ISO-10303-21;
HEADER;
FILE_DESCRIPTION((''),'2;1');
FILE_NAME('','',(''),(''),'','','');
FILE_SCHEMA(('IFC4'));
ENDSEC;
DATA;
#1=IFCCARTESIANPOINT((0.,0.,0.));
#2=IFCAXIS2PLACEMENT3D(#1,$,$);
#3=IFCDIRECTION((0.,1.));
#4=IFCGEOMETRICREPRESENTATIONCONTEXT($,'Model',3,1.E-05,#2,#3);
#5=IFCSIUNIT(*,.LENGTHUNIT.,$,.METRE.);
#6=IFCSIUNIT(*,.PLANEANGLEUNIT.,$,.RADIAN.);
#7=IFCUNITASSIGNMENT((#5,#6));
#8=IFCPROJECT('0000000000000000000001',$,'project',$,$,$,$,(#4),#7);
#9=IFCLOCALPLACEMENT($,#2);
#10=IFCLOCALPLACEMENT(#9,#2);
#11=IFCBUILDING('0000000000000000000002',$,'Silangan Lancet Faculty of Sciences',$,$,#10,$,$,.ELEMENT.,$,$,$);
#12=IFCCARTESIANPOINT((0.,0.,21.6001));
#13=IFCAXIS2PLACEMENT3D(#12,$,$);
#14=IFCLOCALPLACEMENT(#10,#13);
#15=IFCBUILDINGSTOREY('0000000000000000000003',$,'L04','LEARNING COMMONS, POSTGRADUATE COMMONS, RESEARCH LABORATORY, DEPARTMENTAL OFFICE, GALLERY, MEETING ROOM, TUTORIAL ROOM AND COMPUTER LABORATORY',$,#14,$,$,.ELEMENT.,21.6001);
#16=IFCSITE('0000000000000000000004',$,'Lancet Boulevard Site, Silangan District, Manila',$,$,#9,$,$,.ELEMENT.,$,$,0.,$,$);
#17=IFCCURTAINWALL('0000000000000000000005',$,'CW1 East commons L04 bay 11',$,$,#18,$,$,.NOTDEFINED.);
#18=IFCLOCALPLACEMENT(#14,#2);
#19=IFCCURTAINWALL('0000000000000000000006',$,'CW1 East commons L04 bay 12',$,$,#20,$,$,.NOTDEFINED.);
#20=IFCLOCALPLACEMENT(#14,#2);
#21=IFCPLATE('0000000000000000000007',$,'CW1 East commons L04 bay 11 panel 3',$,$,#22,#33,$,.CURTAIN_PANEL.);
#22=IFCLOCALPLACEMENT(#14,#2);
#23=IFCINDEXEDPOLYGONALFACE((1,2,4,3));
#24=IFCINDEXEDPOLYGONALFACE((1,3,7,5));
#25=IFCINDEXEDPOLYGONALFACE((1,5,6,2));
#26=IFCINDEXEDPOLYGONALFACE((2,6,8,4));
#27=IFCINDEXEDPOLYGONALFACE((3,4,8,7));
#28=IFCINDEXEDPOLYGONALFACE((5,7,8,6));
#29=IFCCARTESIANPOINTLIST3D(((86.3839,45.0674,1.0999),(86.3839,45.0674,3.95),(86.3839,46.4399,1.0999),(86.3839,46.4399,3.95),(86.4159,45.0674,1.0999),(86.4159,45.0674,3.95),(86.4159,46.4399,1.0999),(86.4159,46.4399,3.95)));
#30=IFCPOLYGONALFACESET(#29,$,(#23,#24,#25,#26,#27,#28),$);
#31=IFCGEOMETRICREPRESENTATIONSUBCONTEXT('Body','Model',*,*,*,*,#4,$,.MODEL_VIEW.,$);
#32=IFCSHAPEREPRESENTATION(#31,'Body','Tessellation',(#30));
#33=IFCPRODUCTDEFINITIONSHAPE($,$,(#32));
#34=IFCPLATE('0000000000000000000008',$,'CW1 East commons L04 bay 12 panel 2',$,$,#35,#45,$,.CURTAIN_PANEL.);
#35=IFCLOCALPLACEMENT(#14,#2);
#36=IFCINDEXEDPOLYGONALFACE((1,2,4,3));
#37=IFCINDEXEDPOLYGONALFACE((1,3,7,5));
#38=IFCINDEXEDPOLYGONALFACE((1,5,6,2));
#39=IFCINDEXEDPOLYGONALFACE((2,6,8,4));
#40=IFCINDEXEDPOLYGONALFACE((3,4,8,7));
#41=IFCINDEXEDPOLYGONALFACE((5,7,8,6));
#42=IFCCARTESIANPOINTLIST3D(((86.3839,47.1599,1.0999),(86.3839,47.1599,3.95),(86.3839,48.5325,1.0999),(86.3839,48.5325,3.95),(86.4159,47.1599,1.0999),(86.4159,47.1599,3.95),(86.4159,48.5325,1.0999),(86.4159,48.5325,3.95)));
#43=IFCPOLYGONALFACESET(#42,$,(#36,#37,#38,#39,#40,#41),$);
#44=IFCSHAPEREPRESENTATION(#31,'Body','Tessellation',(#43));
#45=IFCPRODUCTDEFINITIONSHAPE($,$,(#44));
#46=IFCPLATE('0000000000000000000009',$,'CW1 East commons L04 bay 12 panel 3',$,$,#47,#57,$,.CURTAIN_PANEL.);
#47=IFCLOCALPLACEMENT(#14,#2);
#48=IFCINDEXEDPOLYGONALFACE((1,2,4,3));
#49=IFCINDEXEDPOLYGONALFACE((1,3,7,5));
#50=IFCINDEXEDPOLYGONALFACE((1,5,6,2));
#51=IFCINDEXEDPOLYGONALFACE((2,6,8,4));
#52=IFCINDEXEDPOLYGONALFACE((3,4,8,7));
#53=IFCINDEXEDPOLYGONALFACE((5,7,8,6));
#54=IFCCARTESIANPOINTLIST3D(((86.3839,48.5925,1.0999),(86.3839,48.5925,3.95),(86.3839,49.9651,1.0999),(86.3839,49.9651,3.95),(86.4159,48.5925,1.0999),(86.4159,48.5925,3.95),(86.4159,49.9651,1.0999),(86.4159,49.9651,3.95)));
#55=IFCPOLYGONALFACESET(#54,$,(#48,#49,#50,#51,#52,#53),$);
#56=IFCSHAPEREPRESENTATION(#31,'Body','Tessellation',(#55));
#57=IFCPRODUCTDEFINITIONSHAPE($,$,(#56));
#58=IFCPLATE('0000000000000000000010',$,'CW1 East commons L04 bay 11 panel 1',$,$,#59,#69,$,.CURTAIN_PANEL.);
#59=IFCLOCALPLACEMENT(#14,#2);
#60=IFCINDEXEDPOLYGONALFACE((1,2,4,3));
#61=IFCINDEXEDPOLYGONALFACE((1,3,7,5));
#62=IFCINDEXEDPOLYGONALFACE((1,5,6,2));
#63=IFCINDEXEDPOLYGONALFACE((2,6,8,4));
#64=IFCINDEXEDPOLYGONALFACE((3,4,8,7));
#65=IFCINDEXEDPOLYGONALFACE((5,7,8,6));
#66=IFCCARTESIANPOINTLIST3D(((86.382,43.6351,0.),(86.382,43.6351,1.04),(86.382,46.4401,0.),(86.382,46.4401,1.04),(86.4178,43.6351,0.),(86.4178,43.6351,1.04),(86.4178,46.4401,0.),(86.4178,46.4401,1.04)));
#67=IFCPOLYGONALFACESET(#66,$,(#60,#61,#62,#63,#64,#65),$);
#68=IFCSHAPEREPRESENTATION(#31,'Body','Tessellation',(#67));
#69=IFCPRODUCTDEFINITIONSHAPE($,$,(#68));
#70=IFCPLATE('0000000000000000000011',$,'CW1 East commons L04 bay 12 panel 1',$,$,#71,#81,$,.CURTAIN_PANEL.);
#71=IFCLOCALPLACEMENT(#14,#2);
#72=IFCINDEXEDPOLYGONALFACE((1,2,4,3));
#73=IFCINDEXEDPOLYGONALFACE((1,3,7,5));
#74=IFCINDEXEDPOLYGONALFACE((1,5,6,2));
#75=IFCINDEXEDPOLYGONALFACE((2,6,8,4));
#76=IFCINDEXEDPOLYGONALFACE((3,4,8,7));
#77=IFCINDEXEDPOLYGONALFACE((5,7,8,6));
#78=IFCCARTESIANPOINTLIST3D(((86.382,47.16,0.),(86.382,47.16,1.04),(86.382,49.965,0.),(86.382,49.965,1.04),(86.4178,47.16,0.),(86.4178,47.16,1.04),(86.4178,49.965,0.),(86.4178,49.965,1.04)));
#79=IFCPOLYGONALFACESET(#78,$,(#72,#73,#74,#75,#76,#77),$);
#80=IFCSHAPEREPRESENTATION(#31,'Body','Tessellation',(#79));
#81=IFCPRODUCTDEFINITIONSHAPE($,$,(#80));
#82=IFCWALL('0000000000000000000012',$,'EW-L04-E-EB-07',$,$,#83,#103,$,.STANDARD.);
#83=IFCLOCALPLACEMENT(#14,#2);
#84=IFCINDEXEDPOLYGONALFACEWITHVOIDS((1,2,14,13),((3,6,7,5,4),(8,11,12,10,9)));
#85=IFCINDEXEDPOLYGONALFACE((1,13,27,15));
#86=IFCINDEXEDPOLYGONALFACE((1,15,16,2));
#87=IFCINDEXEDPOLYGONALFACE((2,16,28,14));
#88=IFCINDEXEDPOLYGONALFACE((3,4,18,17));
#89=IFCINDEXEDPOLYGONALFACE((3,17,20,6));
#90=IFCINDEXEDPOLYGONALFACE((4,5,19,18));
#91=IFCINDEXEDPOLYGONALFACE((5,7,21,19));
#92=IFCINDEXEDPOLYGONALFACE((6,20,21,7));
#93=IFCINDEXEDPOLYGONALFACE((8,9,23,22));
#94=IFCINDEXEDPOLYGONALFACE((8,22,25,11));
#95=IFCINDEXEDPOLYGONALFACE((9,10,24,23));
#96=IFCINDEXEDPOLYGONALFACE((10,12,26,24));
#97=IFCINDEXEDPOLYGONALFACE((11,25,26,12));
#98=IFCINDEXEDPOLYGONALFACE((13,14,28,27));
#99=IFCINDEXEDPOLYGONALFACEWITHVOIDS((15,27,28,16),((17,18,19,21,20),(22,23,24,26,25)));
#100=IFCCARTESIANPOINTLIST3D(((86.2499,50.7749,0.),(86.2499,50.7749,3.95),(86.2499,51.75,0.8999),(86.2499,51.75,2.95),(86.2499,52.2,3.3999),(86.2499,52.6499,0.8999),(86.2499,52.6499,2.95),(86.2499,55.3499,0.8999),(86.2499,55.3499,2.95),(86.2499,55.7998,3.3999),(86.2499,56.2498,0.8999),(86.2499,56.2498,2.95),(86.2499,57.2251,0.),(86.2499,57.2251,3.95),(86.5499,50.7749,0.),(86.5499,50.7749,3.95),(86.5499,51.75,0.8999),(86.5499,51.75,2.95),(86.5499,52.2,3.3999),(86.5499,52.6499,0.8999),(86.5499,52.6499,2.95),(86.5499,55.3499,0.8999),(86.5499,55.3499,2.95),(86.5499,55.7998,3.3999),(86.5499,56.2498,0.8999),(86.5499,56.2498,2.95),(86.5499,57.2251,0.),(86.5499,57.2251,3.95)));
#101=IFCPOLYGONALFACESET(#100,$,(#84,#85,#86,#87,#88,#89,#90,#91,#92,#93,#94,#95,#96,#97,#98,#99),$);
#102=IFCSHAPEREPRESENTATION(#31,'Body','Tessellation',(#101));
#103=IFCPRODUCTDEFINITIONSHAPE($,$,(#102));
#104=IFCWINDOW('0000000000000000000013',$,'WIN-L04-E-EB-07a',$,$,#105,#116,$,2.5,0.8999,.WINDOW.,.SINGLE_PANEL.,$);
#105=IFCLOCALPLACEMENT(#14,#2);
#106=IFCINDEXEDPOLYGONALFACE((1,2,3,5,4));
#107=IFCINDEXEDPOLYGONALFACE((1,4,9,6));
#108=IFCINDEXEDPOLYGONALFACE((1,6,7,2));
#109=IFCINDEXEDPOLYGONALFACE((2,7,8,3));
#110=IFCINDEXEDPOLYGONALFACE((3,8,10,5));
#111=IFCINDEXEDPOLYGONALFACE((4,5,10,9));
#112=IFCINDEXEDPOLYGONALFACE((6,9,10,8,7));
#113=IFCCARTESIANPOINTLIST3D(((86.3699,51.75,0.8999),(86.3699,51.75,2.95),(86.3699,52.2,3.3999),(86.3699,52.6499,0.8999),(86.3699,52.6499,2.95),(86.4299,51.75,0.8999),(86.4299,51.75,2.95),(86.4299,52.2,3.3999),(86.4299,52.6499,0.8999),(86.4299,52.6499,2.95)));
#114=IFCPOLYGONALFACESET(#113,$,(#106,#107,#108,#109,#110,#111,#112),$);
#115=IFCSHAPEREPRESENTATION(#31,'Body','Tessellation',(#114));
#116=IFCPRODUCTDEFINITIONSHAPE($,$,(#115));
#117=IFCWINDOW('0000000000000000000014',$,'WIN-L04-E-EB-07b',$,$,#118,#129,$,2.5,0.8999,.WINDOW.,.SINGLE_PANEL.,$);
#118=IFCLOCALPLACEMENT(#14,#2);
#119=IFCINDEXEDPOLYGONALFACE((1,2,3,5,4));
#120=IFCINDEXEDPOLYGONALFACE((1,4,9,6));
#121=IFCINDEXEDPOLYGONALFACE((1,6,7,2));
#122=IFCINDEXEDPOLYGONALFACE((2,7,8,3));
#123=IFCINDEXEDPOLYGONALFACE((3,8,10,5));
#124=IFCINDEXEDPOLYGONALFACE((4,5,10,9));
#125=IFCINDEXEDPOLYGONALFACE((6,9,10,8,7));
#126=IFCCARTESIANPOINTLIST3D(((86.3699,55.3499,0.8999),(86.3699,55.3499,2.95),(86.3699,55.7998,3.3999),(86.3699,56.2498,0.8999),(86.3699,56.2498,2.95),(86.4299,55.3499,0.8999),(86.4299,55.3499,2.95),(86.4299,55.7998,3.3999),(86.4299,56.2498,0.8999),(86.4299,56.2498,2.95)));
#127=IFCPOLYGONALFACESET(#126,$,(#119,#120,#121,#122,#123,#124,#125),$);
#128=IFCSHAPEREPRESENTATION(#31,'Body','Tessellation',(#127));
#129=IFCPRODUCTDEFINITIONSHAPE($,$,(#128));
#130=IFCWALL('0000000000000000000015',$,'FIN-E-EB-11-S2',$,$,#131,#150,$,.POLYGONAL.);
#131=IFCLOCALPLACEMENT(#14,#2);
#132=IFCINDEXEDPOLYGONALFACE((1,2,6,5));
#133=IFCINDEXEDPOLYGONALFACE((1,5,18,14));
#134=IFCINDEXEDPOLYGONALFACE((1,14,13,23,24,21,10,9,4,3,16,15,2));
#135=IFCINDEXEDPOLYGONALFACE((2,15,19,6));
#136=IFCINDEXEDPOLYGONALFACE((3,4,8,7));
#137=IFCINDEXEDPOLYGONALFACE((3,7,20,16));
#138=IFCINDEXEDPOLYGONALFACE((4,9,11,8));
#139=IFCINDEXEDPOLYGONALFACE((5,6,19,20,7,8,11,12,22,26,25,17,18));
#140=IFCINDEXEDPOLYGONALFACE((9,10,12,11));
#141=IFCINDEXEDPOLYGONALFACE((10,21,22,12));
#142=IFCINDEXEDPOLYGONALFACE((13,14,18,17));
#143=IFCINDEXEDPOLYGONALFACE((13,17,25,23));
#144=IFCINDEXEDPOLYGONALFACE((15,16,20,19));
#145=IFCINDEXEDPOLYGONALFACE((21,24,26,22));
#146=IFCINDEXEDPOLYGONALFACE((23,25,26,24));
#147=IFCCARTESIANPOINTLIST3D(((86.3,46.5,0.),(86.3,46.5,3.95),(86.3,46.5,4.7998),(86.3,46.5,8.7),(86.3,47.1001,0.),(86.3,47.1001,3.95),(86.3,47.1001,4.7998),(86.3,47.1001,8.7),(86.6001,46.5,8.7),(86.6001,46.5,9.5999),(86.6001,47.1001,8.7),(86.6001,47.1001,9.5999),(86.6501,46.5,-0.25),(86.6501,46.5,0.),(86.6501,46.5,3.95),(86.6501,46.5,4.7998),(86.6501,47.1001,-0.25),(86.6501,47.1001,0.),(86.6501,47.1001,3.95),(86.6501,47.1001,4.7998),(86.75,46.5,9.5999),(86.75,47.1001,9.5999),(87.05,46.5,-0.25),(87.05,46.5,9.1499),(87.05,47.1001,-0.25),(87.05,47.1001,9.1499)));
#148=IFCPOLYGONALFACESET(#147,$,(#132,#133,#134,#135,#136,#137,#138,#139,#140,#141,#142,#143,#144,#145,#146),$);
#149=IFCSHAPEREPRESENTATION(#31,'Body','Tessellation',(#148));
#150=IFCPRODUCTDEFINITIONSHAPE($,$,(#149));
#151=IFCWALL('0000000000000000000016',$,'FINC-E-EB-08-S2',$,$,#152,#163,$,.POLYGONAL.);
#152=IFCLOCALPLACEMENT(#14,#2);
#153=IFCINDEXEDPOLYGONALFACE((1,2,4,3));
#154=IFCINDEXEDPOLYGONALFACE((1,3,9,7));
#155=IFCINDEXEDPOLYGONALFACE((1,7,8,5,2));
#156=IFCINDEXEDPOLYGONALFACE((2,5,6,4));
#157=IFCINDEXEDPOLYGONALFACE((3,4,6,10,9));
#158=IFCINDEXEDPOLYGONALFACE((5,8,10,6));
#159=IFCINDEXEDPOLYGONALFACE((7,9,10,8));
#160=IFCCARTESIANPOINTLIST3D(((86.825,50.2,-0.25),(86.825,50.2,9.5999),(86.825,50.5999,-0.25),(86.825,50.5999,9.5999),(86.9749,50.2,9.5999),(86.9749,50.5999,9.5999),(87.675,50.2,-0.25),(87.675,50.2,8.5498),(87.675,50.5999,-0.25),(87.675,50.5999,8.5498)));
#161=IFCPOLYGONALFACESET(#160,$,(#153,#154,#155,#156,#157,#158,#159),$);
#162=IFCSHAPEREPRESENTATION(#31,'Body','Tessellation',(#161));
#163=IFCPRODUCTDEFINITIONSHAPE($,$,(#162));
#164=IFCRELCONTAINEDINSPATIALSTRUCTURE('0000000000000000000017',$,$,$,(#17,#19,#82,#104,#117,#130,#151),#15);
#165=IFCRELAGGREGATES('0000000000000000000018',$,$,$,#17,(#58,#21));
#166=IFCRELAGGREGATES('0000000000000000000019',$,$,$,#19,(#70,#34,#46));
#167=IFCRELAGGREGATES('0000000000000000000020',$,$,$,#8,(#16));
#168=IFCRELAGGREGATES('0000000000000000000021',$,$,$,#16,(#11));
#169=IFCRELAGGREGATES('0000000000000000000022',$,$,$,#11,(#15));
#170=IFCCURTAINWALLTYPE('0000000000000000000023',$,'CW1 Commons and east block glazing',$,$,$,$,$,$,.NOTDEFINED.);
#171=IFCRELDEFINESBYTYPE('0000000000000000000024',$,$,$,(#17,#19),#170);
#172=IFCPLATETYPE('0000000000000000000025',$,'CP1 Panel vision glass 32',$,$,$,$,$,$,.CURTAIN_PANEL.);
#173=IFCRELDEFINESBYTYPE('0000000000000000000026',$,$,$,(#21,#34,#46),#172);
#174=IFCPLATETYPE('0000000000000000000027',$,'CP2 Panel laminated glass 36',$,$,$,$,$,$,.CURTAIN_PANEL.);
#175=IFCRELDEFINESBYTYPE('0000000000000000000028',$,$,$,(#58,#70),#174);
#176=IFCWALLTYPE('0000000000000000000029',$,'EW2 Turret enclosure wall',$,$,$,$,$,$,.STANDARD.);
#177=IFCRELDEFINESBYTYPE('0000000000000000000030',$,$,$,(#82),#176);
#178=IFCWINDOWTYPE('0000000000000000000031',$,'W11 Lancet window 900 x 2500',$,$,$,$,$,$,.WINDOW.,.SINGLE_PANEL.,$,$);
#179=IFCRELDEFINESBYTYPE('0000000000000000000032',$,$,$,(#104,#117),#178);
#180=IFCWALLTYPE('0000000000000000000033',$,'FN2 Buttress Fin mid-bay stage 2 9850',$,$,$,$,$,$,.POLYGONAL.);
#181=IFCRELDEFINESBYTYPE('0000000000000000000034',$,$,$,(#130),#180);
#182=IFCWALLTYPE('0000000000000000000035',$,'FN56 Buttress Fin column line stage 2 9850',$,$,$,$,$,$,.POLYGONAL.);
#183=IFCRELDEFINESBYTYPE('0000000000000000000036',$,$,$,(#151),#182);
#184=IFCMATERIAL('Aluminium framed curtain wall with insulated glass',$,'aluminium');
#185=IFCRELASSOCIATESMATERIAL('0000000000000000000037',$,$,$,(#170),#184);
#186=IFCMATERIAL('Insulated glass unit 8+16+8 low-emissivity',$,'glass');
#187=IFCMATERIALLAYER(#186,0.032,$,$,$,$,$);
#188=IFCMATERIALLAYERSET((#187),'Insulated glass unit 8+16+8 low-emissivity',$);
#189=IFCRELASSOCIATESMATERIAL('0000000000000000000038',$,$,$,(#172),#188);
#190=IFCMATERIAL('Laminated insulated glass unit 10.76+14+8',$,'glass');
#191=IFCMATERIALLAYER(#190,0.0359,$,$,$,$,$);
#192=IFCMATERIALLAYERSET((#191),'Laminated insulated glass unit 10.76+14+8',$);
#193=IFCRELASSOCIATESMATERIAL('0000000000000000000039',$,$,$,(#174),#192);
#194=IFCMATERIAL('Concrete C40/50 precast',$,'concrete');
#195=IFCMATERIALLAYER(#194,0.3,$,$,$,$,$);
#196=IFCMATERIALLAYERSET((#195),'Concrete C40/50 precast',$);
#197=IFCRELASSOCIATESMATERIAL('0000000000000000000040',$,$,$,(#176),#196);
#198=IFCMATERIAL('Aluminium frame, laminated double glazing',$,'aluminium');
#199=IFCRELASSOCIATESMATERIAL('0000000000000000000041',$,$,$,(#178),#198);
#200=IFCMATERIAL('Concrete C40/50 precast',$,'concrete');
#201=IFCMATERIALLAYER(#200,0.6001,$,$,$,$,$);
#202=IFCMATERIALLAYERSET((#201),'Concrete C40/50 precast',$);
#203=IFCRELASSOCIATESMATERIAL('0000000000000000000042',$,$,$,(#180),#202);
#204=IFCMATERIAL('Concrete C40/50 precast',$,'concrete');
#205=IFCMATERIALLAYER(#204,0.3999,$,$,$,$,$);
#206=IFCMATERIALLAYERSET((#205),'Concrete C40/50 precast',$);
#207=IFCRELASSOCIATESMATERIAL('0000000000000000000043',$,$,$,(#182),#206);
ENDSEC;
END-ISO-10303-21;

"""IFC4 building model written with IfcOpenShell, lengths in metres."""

from ifc_helpers import new_model, si_unit, direction, frame, frame_2d, origin, origin_2d, place, context, subcontext, project, spatial, polyline, rectangle, outline, extrude, material, layer, layer_set, type_object, element, fill, aggregate, save


model = new_model("IFC4")

# Units and contexts
model_context = context("Model", 3, precision=1e-05, world=origin(), true_north=direction((0.0, 1.0)))
body_context = subcontext(model_context, "Body", "Model", "MODEL_VIEW")
ifc_project = project(units=[si_unit("LENGTHUNIT", "METRE"), si_unit("PLANEANGLEUNIT", "RADIAN")], contexts=[model_context])

# Site, building, storey
site_placement = place(None, origin())
site = spatial("IfcSite", under=ifc_project, at=site_placement, Name="Lancet Boulevard Site, Silangan District, Manila", CompositionType="ELEMENT", RefElevation=0.0)
building_placement = place(site_placement, origin())
building = spatial("IfcBuilding", under=site, at=building_placement, Name="Silangan Lancet Faculty of Sciences", CompositionType="ELEMENT")
storey_placement = place(building_placement, frame((0.0, 0.0, 21.6001)))
storey = spatial("IfcBuildingStorey", under=building, at=storey_placement, Name="L04", Description="LEARNING COMMONS, POSTGRADUATE COMMONS, RESEARCH LABORATORY, DEPARTMENTAL OFFICE, GALLERY, MEETING ROOM, TUTORIAL ROOM AND COMPUTER LABORATORY", CompositionType="ELEMENT", Elevation=21.6001)

# Curtain walls
ifc_material_1 = material(Name="Aluminium framed curtain wall with insulated glass", Category="aluminium")
curtain_wall_type = type_object("IfcCurtainWallType", Name="CW1 Commons and east block glazing", PredefinedType="NOTDEFINED", material=ifc_material_1)
curtain_wall_1_placement = place(storey_placement, origin())
curtain_wall_1 = element("IfcCurtainWall", 1, at=curtain_wall_1_placement, inside=storey, type_object=curtain_wall_type, Name="CW1 East commons L04 bay 11", PredefinedType="NOTDEFINED")
curtain_wall_2_placement = place(storey_placement, origin())
curtain_wall_2 = element("IfcCurtainWall", 2, at=curtain_wall_2_placement, inside=storey, type_object=curtain_wall_type, Name="CW1 East commons L04 bay 12", PredefinedType="NOTDEFINED")

# Plates
ifc_material_2 = material(Name="Insulated glass unit 8+16+8 low-emissivity", Category="glass")
ifc_layer_1 = layer(ifc_material_2, 0.032)
ifc_layer_set_1 = layer_set([ifc_layer_1], Name="Insulated glass unit 8+16+8 low-emissivity")
plate_type_1 = type_object("IfcPlateType", Name="CP1 Panel vision glass 32", PredefinedType="CURTAIN_PANEL", material=ifc_layer_set_1)
plate_1_placement = place(storey_placement, frame((86.3999, 45.7537, 1.0999), z_axis=(0.0, 0.0, 1.0), x_axis=(0.0, 1.0, 0.0)))
plate_1 = element("IfcPlate", 3, at=plate_1_placement, type_object=plate_type_1, Name="CW1 East commons L04 bay 11 panel 3", PredefinedType="CURTAIN_PANEL", context=body_context, shape_type="SweptSolid", body=[
    extrude(rectangle(XDim=1.3726, YDim=0.032, at=origin_2d()), origin(), (0.0, 0.0, 1.0), 2.8501),
])
plate_2_placement = place(storey_placement, frame((86.3999, 47.8462, 1.0999), z_axis=(0.0, 0.0, 1.0), x_axis=(0.0, 1.0, 0.0)))
plate_2 = element("IfcPlate", 4, at=plate_2_placement, type_object=plate_type_1, Name="CW1 East commons L04 bay 12 panel 2", PredefinedType="CURTAIN_PANEL", context=body_context, shape_type="SweptSolid", body=[
    extrude(rectangle(XDim=1.3726, YDim=0.032, at=origin_2d()), origin(), (0.0, 0.0, 1.0), 2.8501),
])
plate_3_placement = place(storey_placement, frame((86.3999, 49.2788, 1.0999), z_axis=(0.0, 0.0, 1.0), x_axis=(0.0, 1.0, 0.0)))
plate_3 = element("IfcPlate", 5, at=plate_3_placement, type_object=plate_type_1, Name="CW1 East commons L04 bay 12 panel 3", PredefinedType="CURTAIN_PANEL", context=body_context, shape_type="SweptSolid", body=[
    extrude(rectangle(XDim=1.3726, YDim=0.032, at=origin_2d()), origin(), (0.0, 0.0, 1.0), 2.8501),
])
ifc_material_3 = material(Name="Laminated insulated glass unit 10.76+14+8", Category="glass")
ifc_layer_2 = layer(ifc_material_3, 0.0359)
ifc_layer_set_2 = layer_set([ifc_layer_2], Name="Laminated insulated glass unit 10.76+14+8")
plate_type_2 = type_object("IfcPlateType", Name="CP2 Panel laminated glass 36", PredefinedType="CURTAIN_PANEL", material=ifc_layer_set_2)
plate_4_placement = place(storey_placement, frame((86.3999, 45.0376, 0.0), z_axis=(0.0, 0.0, 1.0), x_axis=(0.0, 1.0, 0.0)))
plate_4 = element("IfcPlate", 6, at=plate_4_placement, type_object=plate_type_2, Name="CW1 East commons L04 bay 11 panel 1", PredefinedType="CURTAIN_PANEL", context=body_context, shape_type="SweptSolid", body=[
    extrude(rectangle(XDim=2.8049, YDim=0.0359, at=origin_2d()), origin(), (0.0, 0.0, 1.0), 1.04),
])
aggregate(curtain_wall_1, [plate_4, plate_1])
plate_5_placement = place(storey_placement, frame((86.3999, 48.5625, 0.0), z_axis=(0.0, 0.0, 1.0), x_axis=(0.0, 1.0, 0.0)))
plate_5 = element("IfcPlate", 7, at=plate_5_placement, type_object=plate_type_2, Name="CW1 East commons L04 bay 12 panel 1", PredefinedType="CURTAIN_PANEL", context=body_context, shape_type="SweptSolid", body=[
    extrude(rectangle(XDim=2.8049, YDim=0.0359, at=origin_2d()), origin(), (0.0, 0.0, 1.0), 1.04),
])
aggregate(curtain_wall_2, [plate_5, plate_2, plate_3])

# Wall, openings, windows
ifc_material_4 = material(Name="Concrete C40/50 precast", Category="concrete")
ifc_layer_3 = layer(ifc_material_4, 0.3)
ifc_layer_set_3 = layer_set([ifc_layer_3], Name="Concrete C40/50 precast")
wall_type_1 = type_object("IfcWallType", Name="EW2 Turret enclosure wall", PredefinedType="STANDARD", material=ifc_layer_set_3)
wall_1_placement = place(storey_placement, frame((86.3999, 50.7749, 0.0), z_axis=(0.0, 0.0, 1.0), x_axis=(0.0, 1.0, 0.0)))
wall_1 = element("IfcWall", 8, at=wall_1_placement, inside=storey, type_object=wall_type_1, Name="EW-L04-E-EB-07", PredefinedType="STANDARD", context=body_context, shape_type="SweptSolid", body=[
    extrude(rectangle(XDim=6.4502, YDim=0.3, at=frame_2d((3.2251, 0.0))), origin(), (0.0, 0.0, 1.0), 3.95),
])
opening_1_placement = place(wall_1_placement, frame((0.9751, 0.0, 0.8999)))
opening_1 = element("IfcOpeningElement", 9, at=opening_1_placement, cuts=wall_1, PredefinedType="OPENING", context=body_context, shape_type="SweptSolid", body=[
    extrude(outline(polyline([(0.0, 0.0), (0.8999, 0.0), (0.8999, 2.05), (0.45, 2.5), (0.0, 2.05), (0.0, 0.0)])), frame((0.0, 0.1599, 0.0), z_axis=(0.0, -1.0, 0.0), x_axis=(1.0, 0.0, 0.0)), (0.0, 0.0, 1.0), 0.3201),
])
opening_2_placement = place(wall_1_placement, frame((4.575, 0.0, 0.8999)))
opening_2 = element("IfcOpeningElement", 10, at=opening_2_placement, cuts=wall_1, PredefinedType="OPENING", context=body_context, shape_type="SweptSolid", body=[
    extrude(outline(polyline([(0.0, 0.0), (0.8999, 0.0), (0.8999, 2.05), (0.45, 2.5), (0.0, 2.05), (0.0, 0.0)])), frame((0.0, 0.1599, 0.0), z_axis=(0.0, -1.0, 0.0), x_axis=(1.0, 0.0, 0.0)), (0.0, 0.0, 1.0), 0.3201),
])
ifc_material_5 = material(Name="Aluminium frame, laminated double glazing", Category="aluminium")
window_type = type_object("IfcWindowType", Name="W11 Lancet window 900 x 2500", PartitioningType="SINGLE_PANEL", PredefinedType="WINDOW", material=ifc_material_5)
window_1_placement = place(opening_1_placement, origin())
window_1 = element("IfcWindow", 11, at=window_1_placement, inside=storey, type_object=window_type, Name="WIN-L04-E-EB-07a", OverallHeight=2.5, OverallWidth=0.8999, PartitioningType="SINGLE_PANEL", PredefinedType="WINDOW", context=body_context, shape_type="SweptSolid", body=[
    extrude(outline(polyline([(0.0, 0.0), (0.8999, 0.0), (0.8999, 2.05), (0.45, 2.5), (0.0, 2.05), (0.0, 0.0)])), frame((0.0, 0.03, 0.0), z_axis=(0.0, -1.0, 0.0), x_axis=(1.0, 0.0, 0.0)), (0.0, 0.0, 1.0), 0.0601),
])
fill(opening_1, window_1)
window_2_placement = place(opening_2_placement, origin())
window_2 = element("IfcWindow", 12, at=window_2_placement, inside=storey, type_object=window_type, Name="WIN-L04-E-EB-07b", OverallHeight=2.5, OverallWidth=0.8999, PartitioningType="SINGLE_PANEL", PredefinedType="WINDOW", context=body_context, shape_type="SweptSolid", body=[
    extrude(outline(polyline([(0.0, 0.0), (0.8999, 0.0), (0.8999, 2.05), (0.45, 2.5), (0.0, 2.05), (0.0, 0.0)])), frame((0.0, 0.03, 0.0), z_axis=(0.0, -1.0, 0.0), x_axis=(1.0, 0.0, 0.0)), (0.0, 0.0, 1.0), 0.0601),
])
fill(opening_2, window_2)

# Walls
ifc_material_6 = material(Name="Concrete C40/50 precast", Category="concrete")
ifc_layer_4 = layer(ifc_material_6, 0.6001)
ifc_layer_set_4 = layer_set([ifc_layer_4], Name="Concrete C40/50 precast")
wall_type_2 = type_object("IfcWallType", Name="FN2 Buttress Fin mid-bay stage 2 9850", PredefinedType="POLYGONAL", material=ifc_layer_set_4)
wall_2_placement = place(storey_placement, frame((86.3, 46.8, -0.25), z_axis=(0.0, 0.0, 1.0), x_axis=(1.0, 0.0, 0.0)))
element("IfcWall", 13, at=wall_2_placement, inside=storey, type_object=wall_type_2, Name="FIN-E-EB-11-S2", PredefinedType="POLYGONAL", context=body_context, shape_type="SweptSolid", body=[
    extrude(outline(polyline([(0.75, 0.0), (0.75, 9.3999), (0.45, 9.8499), (0.3, 9.8499), (0.3, 8.95), (0.0, 8.95), (0.0, 5.0498), (0.3501, 5.0498), (0.3501, 4.2), (0.0, 4.2), (0.0, 0.25), (0.3501, 0.25), (0.3501, 0.0), (0.75, 0.0)])), frame((0.0, 0.3, 0.0), z_axis=(0.0, -1.0, 0.0), x_axis=(1.0, 0.0, 0.0)), (0.0, 0.0, 1.0), 0.6001),
])
ifc_material_7 = material(Name="Concrete C40/50 precast", Category="concrete")
ifc_layer_5 = layer(ifc_material_7, 0.3999)
ifc_layer_set_5 = layer_set([ifc_layer_5], Name="Concrete C40/50 precast")
wall_type_3 = type_object("IfcWallType", Name="FN56 Buttress Fin column line stage 2 9850", PredefinedType="POLYGONAL", material=ifc_layer_set_5)
wall_3_placement = place(storey_placement, frame((86.825, 50.3999, -0.25), z_axis=(0.0, 0.0, 1.0), x_axis=(1.0, 0.0, 0.0)))
element("IfcWall", 14, at=wall_3_placement, inside=storey, type_object=wall_type_3, Name="FINC-E-EB-08-S2", PredefinedType="POLYGONAL", context=body_context, shape_type="SweptSolid", body=[
    extrude(outline(polyline([(0.8501, 0.0), (0.8501, 8.7998), (0.1499, 9.8499), (0.0, 9.8499), (0.0, 0.0), (0.8501, 0.0)])), frame((0.0, 0.2, 0.0), z_axis=(0.0, -1.0, 0.0), x_axis=(1.0, 0.0, 0.0)), (0.0, 0.0, 1.0), 0.3999),
])

save(model, "model.ifc")
